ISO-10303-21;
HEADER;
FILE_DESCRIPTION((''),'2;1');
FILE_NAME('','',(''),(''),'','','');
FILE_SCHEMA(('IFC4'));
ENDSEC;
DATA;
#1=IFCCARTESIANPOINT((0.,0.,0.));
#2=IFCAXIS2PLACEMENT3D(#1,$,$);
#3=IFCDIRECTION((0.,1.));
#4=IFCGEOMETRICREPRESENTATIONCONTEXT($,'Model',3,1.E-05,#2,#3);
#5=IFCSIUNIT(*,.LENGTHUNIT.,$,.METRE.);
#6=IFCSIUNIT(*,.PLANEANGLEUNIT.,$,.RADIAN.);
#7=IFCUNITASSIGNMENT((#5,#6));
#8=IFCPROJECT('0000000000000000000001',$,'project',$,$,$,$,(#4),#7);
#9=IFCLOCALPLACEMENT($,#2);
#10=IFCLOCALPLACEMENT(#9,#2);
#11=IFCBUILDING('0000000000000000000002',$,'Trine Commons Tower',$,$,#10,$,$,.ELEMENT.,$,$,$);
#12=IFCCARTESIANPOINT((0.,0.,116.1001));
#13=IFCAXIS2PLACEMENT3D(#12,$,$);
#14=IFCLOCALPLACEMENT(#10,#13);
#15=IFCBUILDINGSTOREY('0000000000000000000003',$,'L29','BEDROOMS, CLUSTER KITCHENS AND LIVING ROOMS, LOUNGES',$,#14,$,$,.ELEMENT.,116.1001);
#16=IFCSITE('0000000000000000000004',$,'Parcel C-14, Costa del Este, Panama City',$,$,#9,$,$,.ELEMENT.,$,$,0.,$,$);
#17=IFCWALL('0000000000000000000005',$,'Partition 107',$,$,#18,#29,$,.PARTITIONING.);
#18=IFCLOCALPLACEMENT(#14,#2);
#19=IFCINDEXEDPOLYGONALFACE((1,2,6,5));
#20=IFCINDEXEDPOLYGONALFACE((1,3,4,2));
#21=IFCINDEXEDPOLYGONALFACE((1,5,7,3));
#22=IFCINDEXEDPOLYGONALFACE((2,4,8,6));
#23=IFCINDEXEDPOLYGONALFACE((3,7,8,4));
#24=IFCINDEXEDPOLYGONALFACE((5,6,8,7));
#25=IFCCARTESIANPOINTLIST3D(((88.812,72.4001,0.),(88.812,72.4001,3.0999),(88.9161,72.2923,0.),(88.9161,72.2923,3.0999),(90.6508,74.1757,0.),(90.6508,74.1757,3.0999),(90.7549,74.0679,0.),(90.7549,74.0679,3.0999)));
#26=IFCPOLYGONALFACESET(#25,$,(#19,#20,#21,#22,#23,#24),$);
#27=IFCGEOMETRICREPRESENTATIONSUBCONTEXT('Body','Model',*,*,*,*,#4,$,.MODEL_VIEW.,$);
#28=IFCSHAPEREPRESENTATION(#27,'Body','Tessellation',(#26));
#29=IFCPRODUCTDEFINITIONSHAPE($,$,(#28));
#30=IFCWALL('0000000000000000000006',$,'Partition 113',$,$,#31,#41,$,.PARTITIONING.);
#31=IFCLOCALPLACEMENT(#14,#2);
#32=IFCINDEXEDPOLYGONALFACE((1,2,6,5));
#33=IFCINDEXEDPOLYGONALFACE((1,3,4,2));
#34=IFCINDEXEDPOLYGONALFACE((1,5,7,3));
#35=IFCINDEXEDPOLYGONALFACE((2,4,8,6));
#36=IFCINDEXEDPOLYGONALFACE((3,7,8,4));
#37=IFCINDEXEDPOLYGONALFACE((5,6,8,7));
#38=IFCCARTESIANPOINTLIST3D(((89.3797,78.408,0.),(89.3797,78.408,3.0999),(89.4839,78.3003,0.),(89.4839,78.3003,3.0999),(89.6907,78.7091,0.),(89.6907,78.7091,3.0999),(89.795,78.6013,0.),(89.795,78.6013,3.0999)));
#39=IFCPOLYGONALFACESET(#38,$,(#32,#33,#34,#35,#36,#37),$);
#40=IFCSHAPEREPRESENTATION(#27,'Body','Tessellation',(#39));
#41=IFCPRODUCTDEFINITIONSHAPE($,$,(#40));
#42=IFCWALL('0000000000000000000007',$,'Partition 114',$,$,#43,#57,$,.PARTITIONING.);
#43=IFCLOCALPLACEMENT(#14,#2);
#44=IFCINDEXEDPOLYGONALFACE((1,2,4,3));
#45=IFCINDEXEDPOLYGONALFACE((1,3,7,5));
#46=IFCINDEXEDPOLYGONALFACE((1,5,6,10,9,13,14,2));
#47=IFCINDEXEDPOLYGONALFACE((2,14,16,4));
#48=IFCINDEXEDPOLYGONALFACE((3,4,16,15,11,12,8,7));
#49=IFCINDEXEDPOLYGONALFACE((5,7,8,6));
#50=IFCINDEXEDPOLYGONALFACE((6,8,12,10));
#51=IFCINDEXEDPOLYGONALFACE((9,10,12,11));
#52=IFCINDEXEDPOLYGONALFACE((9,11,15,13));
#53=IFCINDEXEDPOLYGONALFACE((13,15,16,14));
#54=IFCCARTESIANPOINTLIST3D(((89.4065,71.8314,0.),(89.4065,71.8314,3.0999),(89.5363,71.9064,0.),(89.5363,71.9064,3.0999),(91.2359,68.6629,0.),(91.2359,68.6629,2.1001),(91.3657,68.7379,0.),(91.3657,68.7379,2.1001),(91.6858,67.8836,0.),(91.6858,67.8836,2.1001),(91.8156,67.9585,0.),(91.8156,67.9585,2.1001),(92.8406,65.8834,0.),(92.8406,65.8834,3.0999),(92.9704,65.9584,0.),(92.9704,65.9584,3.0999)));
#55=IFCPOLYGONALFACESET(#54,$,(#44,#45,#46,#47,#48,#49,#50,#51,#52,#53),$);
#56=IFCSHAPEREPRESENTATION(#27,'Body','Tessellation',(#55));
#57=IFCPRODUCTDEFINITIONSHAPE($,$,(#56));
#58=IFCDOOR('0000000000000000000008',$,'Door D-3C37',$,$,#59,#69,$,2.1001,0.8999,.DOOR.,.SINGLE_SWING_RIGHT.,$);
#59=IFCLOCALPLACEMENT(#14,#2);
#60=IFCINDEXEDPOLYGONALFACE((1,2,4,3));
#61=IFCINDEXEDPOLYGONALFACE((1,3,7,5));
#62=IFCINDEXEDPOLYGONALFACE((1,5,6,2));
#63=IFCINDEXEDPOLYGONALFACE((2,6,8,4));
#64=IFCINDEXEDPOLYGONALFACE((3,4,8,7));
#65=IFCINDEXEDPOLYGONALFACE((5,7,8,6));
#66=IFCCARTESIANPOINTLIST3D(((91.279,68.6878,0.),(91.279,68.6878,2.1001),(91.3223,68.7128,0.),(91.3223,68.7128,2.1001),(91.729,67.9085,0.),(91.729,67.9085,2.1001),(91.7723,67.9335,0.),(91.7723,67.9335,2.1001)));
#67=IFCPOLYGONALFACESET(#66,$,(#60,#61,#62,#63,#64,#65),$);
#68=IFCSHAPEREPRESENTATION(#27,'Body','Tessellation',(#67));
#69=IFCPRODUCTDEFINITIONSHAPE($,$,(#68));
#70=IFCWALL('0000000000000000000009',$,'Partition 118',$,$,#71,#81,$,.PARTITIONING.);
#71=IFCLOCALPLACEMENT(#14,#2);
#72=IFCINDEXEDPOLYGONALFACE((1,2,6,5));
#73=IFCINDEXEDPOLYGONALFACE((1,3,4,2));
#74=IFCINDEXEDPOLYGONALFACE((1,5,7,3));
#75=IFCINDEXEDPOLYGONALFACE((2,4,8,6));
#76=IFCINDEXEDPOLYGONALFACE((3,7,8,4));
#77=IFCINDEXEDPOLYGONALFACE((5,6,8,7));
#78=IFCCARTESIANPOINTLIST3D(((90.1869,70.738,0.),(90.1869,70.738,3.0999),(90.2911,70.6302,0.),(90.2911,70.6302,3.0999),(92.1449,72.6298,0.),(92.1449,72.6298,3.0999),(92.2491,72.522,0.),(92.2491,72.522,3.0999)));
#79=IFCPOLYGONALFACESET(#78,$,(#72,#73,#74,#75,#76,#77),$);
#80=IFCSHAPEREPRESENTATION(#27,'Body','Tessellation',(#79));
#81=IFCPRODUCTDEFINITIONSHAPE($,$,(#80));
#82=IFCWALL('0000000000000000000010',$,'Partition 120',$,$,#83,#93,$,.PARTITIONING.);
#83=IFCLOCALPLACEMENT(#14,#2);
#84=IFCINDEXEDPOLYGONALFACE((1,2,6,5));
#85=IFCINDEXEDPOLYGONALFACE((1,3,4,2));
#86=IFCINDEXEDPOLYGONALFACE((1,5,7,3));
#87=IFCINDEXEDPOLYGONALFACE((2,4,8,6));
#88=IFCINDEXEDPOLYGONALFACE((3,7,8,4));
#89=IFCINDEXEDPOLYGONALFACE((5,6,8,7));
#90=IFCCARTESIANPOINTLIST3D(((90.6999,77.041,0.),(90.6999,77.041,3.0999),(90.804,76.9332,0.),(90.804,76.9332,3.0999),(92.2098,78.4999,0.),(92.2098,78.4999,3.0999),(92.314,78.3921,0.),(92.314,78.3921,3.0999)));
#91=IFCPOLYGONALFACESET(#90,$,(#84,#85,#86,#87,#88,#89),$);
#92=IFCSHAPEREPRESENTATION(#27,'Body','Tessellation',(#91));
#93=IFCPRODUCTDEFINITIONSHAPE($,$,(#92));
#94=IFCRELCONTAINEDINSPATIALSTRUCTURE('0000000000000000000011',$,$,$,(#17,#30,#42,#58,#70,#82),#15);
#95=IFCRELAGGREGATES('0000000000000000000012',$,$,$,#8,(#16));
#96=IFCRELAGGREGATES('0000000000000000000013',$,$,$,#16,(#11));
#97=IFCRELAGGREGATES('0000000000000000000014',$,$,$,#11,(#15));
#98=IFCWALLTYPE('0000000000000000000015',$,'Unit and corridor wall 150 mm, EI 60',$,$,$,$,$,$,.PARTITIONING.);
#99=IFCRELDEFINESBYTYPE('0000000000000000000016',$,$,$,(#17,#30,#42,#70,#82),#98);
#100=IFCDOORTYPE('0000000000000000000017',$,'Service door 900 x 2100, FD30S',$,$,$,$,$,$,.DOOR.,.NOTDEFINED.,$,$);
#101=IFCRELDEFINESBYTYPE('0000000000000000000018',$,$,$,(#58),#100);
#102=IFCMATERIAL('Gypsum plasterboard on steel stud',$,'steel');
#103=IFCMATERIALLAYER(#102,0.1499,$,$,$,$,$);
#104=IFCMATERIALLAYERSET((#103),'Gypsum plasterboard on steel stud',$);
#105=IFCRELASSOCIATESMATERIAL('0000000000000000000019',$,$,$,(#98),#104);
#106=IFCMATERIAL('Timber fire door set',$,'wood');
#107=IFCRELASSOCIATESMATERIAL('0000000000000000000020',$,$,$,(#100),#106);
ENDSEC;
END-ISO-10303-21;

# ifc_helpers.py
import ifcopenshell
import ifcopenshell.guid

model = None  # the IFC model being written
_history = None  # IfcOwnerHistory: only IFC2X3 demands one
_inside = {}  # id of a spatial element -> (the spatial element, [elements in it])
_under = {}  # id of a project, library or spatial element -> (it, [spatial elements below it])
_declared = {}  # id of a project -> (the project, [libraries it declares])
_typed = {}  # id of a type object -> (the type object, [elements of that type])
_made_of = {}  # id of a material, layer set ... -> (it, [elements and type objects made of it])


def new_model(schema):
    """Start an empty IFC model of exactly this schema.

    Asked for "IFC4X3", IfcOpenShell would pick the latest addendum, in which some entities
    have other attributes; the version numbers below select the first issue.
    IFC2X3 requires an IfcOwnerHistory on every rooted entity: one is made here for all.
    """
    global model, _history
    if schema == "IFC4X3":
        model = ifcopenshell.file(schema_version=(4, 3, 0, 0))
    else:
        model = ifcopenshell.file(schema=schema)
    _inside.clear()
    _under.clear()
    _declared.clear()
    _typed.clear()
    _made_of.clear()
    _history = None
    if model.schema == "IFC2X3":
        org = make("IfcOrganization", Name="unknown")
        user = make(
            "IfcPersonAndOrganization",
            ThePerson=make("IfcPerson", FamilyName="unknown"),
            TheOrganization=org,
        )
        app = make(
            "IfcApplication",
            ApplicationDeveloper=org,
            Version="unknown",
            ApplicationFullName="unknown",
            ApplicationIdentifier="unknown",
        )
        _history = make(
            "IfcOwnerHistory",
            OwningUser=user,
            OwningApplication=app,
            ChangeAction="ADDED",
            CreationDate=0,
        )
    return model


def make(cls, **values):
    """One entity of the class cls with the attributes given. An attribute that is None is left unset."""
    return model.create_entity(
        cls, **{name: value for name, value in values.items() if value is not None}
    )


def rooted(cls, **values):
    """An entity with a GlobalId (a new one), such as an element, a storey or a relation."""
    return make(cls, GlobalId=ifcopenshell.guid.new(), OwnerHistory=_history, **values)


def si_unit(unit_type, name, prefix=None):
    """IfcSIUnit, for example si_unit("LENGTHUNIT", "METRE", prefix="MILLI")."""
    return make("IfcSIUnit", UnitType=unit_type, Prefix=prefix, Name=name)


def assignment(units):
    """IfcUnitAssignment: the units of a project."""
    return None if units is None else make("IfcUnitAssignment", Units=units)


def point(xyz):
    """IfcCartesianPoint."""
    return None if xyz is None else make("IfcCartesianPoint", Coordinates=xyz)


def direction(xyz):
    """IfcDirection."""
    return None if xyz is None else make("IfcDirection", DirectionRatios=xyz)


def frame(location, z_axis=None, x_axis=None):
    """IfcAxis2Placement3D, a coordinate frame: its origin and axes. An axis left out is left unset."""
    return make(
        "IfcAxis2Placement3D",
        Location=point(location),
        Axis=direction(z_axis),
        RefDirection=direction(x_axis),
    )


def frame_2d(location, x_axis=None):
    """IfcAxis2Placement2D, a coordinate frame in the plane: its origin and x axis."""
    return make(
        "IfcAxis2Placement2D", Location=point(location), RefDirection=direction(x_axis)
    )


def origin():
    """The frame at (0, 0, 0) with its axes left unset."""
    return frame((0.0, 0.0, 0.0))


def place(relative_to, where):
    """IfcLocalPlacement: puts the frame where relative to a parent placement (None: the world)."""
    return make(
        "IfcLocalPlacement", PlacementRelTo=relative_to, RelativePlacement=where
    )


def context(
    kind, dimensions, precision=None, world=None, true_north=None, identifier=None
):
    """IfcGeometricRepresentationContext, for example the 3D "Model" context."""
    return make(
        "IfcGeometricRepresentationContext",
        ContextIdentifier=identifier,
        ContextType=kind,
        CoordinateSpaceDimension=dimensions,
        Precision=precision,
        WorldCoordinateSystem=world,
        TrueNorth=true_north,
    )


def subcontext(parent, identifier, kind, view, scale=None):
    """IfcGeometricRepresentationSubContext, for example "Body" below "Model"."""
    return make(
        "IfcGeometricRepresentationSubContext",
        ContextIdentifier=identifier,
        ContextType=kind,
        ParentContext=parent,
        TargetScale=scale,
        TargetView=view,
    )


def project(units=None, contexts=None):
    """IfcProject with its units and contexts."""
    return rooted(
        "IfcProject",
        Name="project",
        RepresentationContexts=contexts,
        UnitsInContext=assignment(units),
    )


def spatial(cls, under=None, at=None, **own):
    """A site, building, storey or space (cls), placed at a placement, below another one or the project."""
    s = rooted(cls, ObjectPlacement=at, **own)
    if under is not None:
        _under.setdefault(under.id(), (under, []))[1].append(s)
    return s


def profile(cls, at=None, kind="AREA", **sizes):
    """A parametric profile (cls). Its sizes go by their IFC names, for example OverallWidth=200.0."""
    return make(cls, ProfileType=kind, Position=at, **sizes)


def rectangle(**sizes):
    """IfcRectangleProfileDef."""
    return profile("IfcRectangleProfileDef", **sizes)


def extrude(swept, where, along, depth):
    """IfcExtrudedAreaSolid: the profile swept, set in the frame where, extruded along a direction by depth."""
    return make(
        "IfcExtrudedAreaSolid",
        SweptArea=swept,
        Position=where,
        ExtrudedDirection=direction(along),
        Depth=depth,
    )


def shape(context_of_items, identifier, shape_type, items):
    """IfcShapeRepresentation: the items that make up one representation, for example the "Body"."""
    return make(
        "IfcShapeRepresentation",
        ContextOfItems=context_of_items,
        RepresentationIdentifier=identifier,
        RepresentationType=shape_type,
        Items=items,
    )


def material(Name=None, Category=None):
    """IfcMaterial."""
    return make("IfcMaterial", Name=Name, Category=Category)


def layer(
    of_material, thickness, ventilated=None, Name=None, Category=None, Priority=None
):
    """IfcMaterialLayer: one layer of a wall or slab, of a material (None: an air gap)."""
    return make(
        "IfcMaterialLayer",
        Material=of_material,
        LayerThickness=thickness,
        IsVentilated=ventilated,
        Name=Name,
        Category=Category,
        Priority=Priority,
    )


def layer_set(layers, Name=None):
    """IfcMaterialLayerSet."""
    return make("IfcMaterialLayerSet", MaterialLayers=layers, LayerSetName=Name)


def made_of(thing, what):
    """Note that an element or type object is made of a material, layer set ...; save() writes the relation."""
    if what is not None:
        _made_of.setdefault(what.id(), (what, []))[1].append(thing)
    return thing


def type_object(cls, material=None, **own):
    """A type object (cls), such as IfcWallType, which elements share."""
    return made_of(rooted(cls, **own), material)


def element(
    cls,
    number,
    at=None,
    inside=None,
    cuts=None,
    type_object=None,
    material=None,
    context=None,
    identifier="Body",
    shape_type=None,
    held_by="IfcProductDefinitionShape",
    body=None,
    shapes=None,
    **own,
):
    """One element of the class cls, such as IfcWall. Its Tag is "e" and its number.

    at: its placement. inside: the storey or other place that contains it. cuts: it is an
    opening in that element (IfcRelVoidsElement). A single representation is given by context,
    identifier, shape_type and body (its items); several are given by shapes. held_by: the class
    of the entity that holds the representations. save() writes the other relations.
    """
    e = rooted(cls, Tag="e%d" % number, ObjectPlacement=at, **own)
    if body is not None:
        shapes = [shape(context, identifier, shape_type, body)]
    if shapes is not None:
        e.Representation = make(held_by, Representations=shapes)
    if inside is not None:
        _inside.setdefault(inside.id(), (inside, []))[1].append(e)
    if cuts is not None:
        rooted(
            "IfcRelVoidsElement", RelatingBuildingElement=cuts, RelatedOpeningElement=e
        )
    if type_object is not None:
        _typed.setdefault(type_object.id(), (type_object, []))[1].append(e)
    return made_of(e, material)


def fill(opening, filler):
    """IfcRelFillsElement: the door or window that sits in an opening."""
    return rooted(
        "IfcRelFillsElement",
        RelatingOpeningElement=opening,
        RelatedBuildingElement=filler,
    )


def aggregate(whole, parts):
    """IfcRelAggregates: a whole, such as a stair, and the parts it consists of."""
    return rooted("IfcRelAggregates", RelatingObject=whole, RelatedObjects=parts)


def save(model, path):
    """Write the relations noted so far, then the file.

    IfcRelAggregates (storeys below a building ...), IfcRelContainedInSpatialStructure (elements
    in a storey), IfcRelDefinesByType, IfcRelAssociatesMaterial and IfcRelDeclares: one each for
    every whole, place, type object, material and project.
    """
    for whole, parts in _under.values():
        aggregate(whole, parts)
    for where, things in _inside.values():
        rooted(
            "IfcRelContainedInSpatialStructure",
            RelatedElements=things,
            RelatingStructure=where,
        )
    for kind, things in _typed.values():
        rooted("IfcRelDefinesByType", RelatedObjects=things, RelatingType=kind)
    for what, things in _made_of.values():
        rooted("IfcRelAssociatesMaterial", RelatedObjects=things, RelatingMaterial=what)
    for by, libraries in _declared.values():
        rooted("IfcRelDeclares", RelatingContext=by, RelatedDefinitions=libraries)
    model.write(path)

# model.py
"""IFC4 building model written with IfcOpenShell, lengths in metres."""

from ifc_helpers import new_model, si_unit, direction, frame, frame_2d, origin, place, context, subcontext, project, spatial, rectangle, extrude, material, layer, layer_set, type_object, element, fill, save


model = new_model("IFC4")

# Units and contexts
model_context = context("Model", 3, precision=1e-05, world=origin(), true_north=direction((0.0, 1.0)))
body_context = subcontext(model_context, "Body", "Model", "MODEL_VIEW")
ifc_project = project(units=[si_unit("LENGTHUNIT", "METRE"), si_unit("PLANEANGLEUNIT", "RADIAN")], contexts=[model_context])

# Site, building, storey
site_placement = place(None, origin())
site = spatial("IfcSite", under=ifc_project, at=site_placement, Name="Parcel C-14, Costa del Este, Panama City", CompositionType="ELEMENT", RefElevation=0.0)
building_placement = place(site_placement, origin())
building = spatial("IfcBuilding", under=site, at=building_placement, Name="Trine Commons Tower", CompositionType="ELEMENT")
storey_placement = place(building_placement, frame((0.0, 0.0, 116.1001)))
storey = spatial("IfcBuildingStorey", under=building, at=storey_placement, Name="L29", Description="BEDROOMS, CLUSTER KITCHENS AND LIVING ROOMS, LOUNGES", CompositionType="ELEMENT", Elevation=116.1001)

# Shared definitions
ifc_material_1 = material(Name="Gypsum plasterboard on steel stud", Category="steel")
ifc_layer_1 = layer(ifc_material_1, 0.1499)
ifc_layer_set_1 = layer_set([ifc_layer_1], Name="Gypsum plasterboard on steel stud")
wall_type_1 = type_object("IfcWallType", Name="Unit and corridor wall 150 mm, EI 60", PredefinedType="PARTITIONING", material=ifc_layer_set_1)
ifc_material_2 = material(Name="Timber fire door set", Category="wood")
door_type_1 = type_object("IfcDoorType", Name="Service door 900 x 2100, FD30S", OperationType="NOTDEFINED", PredefinedType="DOOR", material=ifc_material_2)

# Walls
wall_1_placement = place(storey_placement, frame((88.864, 72.3462, 0.0), z_axis=(0.0, 0.0, 1.0), x_axis=(0.719367, 0.69463, 0.0)))
element("IfcWall", 1, at=wall_1_placement, inside=storey, type_object=wall_type_1, Name="Partition 107", PredefinedType="PARTITIONING", context=body_context, shape_type="SweptSolid", body=[
    extrude(rectangle(XDim=2.5562, YDim=0.1499, at=frame_2d((1.2781, 0.0))), origin(), (0.0, 0.0, 1.0), 3.0999),
])
wall_2_placement = place(storey_placement, frame((89.4319, 78.3542, 0.0), z_axis=(0.0, 0.0, 1.0), x_axis=(0.718575, 0.69545, 0.0)))
element("IfcWall", 2, at=wall_2_placement, inside=storey, type_object=wall_type_1, Name="Partition 113", PredefinedType="PARTITIONING", context=body_context, shape_type="SweptSolid", body=[
    extrude(rectangle(XDim=0.4329, YDim=0.1499, at=frame_2d((0.2163, 0.0))), origin(), (0.0, 0.0, 1.0), 3.0999),
])

# Wall, opening, door
wall_3_placement = place(storey_placement, frame((89.4714, 71.8689, 0.0), z_axis=(0.0, 0.0, 1.0), x_axis=(0.5, -0.866025, 0.0)))
wall_3 = element("IfcWall", 3, at=wall_3_placement, inside=storey, type_object=wall_type_1, Name="Partition 114", PredefinedType="PARTITIONING", context=body_context, shape_type="SweptSolid", body=[
    extrude(rectangle(XDim=6.8682, YDim=0.1499, at=frame_2d((3.4341, 0.0))), origin(), (0.0, 0.0, 1.0), 3.0999),
])
opening_1_placement = place(wall_3_placement, frame((3.6587, 0.0, 0.0)))
opening_1 = element("IfcOpeningElement", 4, at=opening_1_placement, cuts=wall_3, PredefinedType="OPENING", context=body_context, shape_type="SweptSolid", body=[
    extrude(rectangle(XDim=0.8999, YDim=2.1001, at=frame_2d((0.45, 1.05))), frame((0.0, 0.085, 0.0), z_axis=(0.0, -1.0, 0.0), x_axis=(1.0, 0.0, 0.0)), (0.0, 0.0, 1.0), 0.1699),
])
door_1_placement = place(opening_1_placement, origin())
door_1 = element("IfcDoor", 5, at=door_1_placement, inside=storey, type_object=door_type_1, Name="Door D-3C37", OperationType="SINGLE_SWING_RIGHT", OverallHeight=2.1001, OverallWidth=0.8999, PredefinedType="DOOR", context=body_context, shape_type="SweptSolid", body=[
    extrude(rectangle(XDim=0.8999, YDim=2.1001, at=frame_2d((0.45, 1.05))), frame((0.0, 0.0249, 0.0), z_axis=(0.0, -1.0, 0.0), x_axis=(1.0, 0.0, 0.0)), (0.0, 0.0, 1.0), 0.05),
])
fill(opening_1, door_1)

# Walls
wall_4_placement = place(storey_placement, frame((90.239, 70.6841, 0.0), z_axis=(0.0, 0.0, 1.0), x_axis=(0.719153, 0.694852, 0.0)))
element("IfcWall", 6, at=wall_4_placement, inside=storey, type_object=wall_type_1, Name="Partition 118", PredefinedType="PARTITIONING", context=body_context, shape_type="SweptSolid", body=[
    extrude(rectangle(XDim=2.7227, YDim=0.1499, at=frame_2d((1.3613, 0.0))), origin(), (0.0, 0.0, 1.0), 3.0999),
])
wall_5_placement = place(storey_placement, frame((90.752, 76.9871, 0.0), z_axis=(0.0, 0.0, 1.0), x_axis=(0.719153, 0.694852, 0.0)))
element("IfcWall", 7, at=wall_5_placement, inside=storey, type_object=wall_type_1, Name="Partition 120", PredefinedType="PARTITIONING", context=body_context, shape_type="SweptSolid", body=[
    extrude(rectangle(XDim=2.0996, YDim=0.1499, at=frame_2d((1.0498, 0.0))), origin(), (0.0, 0.0, 1.0), 3.0999),
])

save(model, "model.ifc")
